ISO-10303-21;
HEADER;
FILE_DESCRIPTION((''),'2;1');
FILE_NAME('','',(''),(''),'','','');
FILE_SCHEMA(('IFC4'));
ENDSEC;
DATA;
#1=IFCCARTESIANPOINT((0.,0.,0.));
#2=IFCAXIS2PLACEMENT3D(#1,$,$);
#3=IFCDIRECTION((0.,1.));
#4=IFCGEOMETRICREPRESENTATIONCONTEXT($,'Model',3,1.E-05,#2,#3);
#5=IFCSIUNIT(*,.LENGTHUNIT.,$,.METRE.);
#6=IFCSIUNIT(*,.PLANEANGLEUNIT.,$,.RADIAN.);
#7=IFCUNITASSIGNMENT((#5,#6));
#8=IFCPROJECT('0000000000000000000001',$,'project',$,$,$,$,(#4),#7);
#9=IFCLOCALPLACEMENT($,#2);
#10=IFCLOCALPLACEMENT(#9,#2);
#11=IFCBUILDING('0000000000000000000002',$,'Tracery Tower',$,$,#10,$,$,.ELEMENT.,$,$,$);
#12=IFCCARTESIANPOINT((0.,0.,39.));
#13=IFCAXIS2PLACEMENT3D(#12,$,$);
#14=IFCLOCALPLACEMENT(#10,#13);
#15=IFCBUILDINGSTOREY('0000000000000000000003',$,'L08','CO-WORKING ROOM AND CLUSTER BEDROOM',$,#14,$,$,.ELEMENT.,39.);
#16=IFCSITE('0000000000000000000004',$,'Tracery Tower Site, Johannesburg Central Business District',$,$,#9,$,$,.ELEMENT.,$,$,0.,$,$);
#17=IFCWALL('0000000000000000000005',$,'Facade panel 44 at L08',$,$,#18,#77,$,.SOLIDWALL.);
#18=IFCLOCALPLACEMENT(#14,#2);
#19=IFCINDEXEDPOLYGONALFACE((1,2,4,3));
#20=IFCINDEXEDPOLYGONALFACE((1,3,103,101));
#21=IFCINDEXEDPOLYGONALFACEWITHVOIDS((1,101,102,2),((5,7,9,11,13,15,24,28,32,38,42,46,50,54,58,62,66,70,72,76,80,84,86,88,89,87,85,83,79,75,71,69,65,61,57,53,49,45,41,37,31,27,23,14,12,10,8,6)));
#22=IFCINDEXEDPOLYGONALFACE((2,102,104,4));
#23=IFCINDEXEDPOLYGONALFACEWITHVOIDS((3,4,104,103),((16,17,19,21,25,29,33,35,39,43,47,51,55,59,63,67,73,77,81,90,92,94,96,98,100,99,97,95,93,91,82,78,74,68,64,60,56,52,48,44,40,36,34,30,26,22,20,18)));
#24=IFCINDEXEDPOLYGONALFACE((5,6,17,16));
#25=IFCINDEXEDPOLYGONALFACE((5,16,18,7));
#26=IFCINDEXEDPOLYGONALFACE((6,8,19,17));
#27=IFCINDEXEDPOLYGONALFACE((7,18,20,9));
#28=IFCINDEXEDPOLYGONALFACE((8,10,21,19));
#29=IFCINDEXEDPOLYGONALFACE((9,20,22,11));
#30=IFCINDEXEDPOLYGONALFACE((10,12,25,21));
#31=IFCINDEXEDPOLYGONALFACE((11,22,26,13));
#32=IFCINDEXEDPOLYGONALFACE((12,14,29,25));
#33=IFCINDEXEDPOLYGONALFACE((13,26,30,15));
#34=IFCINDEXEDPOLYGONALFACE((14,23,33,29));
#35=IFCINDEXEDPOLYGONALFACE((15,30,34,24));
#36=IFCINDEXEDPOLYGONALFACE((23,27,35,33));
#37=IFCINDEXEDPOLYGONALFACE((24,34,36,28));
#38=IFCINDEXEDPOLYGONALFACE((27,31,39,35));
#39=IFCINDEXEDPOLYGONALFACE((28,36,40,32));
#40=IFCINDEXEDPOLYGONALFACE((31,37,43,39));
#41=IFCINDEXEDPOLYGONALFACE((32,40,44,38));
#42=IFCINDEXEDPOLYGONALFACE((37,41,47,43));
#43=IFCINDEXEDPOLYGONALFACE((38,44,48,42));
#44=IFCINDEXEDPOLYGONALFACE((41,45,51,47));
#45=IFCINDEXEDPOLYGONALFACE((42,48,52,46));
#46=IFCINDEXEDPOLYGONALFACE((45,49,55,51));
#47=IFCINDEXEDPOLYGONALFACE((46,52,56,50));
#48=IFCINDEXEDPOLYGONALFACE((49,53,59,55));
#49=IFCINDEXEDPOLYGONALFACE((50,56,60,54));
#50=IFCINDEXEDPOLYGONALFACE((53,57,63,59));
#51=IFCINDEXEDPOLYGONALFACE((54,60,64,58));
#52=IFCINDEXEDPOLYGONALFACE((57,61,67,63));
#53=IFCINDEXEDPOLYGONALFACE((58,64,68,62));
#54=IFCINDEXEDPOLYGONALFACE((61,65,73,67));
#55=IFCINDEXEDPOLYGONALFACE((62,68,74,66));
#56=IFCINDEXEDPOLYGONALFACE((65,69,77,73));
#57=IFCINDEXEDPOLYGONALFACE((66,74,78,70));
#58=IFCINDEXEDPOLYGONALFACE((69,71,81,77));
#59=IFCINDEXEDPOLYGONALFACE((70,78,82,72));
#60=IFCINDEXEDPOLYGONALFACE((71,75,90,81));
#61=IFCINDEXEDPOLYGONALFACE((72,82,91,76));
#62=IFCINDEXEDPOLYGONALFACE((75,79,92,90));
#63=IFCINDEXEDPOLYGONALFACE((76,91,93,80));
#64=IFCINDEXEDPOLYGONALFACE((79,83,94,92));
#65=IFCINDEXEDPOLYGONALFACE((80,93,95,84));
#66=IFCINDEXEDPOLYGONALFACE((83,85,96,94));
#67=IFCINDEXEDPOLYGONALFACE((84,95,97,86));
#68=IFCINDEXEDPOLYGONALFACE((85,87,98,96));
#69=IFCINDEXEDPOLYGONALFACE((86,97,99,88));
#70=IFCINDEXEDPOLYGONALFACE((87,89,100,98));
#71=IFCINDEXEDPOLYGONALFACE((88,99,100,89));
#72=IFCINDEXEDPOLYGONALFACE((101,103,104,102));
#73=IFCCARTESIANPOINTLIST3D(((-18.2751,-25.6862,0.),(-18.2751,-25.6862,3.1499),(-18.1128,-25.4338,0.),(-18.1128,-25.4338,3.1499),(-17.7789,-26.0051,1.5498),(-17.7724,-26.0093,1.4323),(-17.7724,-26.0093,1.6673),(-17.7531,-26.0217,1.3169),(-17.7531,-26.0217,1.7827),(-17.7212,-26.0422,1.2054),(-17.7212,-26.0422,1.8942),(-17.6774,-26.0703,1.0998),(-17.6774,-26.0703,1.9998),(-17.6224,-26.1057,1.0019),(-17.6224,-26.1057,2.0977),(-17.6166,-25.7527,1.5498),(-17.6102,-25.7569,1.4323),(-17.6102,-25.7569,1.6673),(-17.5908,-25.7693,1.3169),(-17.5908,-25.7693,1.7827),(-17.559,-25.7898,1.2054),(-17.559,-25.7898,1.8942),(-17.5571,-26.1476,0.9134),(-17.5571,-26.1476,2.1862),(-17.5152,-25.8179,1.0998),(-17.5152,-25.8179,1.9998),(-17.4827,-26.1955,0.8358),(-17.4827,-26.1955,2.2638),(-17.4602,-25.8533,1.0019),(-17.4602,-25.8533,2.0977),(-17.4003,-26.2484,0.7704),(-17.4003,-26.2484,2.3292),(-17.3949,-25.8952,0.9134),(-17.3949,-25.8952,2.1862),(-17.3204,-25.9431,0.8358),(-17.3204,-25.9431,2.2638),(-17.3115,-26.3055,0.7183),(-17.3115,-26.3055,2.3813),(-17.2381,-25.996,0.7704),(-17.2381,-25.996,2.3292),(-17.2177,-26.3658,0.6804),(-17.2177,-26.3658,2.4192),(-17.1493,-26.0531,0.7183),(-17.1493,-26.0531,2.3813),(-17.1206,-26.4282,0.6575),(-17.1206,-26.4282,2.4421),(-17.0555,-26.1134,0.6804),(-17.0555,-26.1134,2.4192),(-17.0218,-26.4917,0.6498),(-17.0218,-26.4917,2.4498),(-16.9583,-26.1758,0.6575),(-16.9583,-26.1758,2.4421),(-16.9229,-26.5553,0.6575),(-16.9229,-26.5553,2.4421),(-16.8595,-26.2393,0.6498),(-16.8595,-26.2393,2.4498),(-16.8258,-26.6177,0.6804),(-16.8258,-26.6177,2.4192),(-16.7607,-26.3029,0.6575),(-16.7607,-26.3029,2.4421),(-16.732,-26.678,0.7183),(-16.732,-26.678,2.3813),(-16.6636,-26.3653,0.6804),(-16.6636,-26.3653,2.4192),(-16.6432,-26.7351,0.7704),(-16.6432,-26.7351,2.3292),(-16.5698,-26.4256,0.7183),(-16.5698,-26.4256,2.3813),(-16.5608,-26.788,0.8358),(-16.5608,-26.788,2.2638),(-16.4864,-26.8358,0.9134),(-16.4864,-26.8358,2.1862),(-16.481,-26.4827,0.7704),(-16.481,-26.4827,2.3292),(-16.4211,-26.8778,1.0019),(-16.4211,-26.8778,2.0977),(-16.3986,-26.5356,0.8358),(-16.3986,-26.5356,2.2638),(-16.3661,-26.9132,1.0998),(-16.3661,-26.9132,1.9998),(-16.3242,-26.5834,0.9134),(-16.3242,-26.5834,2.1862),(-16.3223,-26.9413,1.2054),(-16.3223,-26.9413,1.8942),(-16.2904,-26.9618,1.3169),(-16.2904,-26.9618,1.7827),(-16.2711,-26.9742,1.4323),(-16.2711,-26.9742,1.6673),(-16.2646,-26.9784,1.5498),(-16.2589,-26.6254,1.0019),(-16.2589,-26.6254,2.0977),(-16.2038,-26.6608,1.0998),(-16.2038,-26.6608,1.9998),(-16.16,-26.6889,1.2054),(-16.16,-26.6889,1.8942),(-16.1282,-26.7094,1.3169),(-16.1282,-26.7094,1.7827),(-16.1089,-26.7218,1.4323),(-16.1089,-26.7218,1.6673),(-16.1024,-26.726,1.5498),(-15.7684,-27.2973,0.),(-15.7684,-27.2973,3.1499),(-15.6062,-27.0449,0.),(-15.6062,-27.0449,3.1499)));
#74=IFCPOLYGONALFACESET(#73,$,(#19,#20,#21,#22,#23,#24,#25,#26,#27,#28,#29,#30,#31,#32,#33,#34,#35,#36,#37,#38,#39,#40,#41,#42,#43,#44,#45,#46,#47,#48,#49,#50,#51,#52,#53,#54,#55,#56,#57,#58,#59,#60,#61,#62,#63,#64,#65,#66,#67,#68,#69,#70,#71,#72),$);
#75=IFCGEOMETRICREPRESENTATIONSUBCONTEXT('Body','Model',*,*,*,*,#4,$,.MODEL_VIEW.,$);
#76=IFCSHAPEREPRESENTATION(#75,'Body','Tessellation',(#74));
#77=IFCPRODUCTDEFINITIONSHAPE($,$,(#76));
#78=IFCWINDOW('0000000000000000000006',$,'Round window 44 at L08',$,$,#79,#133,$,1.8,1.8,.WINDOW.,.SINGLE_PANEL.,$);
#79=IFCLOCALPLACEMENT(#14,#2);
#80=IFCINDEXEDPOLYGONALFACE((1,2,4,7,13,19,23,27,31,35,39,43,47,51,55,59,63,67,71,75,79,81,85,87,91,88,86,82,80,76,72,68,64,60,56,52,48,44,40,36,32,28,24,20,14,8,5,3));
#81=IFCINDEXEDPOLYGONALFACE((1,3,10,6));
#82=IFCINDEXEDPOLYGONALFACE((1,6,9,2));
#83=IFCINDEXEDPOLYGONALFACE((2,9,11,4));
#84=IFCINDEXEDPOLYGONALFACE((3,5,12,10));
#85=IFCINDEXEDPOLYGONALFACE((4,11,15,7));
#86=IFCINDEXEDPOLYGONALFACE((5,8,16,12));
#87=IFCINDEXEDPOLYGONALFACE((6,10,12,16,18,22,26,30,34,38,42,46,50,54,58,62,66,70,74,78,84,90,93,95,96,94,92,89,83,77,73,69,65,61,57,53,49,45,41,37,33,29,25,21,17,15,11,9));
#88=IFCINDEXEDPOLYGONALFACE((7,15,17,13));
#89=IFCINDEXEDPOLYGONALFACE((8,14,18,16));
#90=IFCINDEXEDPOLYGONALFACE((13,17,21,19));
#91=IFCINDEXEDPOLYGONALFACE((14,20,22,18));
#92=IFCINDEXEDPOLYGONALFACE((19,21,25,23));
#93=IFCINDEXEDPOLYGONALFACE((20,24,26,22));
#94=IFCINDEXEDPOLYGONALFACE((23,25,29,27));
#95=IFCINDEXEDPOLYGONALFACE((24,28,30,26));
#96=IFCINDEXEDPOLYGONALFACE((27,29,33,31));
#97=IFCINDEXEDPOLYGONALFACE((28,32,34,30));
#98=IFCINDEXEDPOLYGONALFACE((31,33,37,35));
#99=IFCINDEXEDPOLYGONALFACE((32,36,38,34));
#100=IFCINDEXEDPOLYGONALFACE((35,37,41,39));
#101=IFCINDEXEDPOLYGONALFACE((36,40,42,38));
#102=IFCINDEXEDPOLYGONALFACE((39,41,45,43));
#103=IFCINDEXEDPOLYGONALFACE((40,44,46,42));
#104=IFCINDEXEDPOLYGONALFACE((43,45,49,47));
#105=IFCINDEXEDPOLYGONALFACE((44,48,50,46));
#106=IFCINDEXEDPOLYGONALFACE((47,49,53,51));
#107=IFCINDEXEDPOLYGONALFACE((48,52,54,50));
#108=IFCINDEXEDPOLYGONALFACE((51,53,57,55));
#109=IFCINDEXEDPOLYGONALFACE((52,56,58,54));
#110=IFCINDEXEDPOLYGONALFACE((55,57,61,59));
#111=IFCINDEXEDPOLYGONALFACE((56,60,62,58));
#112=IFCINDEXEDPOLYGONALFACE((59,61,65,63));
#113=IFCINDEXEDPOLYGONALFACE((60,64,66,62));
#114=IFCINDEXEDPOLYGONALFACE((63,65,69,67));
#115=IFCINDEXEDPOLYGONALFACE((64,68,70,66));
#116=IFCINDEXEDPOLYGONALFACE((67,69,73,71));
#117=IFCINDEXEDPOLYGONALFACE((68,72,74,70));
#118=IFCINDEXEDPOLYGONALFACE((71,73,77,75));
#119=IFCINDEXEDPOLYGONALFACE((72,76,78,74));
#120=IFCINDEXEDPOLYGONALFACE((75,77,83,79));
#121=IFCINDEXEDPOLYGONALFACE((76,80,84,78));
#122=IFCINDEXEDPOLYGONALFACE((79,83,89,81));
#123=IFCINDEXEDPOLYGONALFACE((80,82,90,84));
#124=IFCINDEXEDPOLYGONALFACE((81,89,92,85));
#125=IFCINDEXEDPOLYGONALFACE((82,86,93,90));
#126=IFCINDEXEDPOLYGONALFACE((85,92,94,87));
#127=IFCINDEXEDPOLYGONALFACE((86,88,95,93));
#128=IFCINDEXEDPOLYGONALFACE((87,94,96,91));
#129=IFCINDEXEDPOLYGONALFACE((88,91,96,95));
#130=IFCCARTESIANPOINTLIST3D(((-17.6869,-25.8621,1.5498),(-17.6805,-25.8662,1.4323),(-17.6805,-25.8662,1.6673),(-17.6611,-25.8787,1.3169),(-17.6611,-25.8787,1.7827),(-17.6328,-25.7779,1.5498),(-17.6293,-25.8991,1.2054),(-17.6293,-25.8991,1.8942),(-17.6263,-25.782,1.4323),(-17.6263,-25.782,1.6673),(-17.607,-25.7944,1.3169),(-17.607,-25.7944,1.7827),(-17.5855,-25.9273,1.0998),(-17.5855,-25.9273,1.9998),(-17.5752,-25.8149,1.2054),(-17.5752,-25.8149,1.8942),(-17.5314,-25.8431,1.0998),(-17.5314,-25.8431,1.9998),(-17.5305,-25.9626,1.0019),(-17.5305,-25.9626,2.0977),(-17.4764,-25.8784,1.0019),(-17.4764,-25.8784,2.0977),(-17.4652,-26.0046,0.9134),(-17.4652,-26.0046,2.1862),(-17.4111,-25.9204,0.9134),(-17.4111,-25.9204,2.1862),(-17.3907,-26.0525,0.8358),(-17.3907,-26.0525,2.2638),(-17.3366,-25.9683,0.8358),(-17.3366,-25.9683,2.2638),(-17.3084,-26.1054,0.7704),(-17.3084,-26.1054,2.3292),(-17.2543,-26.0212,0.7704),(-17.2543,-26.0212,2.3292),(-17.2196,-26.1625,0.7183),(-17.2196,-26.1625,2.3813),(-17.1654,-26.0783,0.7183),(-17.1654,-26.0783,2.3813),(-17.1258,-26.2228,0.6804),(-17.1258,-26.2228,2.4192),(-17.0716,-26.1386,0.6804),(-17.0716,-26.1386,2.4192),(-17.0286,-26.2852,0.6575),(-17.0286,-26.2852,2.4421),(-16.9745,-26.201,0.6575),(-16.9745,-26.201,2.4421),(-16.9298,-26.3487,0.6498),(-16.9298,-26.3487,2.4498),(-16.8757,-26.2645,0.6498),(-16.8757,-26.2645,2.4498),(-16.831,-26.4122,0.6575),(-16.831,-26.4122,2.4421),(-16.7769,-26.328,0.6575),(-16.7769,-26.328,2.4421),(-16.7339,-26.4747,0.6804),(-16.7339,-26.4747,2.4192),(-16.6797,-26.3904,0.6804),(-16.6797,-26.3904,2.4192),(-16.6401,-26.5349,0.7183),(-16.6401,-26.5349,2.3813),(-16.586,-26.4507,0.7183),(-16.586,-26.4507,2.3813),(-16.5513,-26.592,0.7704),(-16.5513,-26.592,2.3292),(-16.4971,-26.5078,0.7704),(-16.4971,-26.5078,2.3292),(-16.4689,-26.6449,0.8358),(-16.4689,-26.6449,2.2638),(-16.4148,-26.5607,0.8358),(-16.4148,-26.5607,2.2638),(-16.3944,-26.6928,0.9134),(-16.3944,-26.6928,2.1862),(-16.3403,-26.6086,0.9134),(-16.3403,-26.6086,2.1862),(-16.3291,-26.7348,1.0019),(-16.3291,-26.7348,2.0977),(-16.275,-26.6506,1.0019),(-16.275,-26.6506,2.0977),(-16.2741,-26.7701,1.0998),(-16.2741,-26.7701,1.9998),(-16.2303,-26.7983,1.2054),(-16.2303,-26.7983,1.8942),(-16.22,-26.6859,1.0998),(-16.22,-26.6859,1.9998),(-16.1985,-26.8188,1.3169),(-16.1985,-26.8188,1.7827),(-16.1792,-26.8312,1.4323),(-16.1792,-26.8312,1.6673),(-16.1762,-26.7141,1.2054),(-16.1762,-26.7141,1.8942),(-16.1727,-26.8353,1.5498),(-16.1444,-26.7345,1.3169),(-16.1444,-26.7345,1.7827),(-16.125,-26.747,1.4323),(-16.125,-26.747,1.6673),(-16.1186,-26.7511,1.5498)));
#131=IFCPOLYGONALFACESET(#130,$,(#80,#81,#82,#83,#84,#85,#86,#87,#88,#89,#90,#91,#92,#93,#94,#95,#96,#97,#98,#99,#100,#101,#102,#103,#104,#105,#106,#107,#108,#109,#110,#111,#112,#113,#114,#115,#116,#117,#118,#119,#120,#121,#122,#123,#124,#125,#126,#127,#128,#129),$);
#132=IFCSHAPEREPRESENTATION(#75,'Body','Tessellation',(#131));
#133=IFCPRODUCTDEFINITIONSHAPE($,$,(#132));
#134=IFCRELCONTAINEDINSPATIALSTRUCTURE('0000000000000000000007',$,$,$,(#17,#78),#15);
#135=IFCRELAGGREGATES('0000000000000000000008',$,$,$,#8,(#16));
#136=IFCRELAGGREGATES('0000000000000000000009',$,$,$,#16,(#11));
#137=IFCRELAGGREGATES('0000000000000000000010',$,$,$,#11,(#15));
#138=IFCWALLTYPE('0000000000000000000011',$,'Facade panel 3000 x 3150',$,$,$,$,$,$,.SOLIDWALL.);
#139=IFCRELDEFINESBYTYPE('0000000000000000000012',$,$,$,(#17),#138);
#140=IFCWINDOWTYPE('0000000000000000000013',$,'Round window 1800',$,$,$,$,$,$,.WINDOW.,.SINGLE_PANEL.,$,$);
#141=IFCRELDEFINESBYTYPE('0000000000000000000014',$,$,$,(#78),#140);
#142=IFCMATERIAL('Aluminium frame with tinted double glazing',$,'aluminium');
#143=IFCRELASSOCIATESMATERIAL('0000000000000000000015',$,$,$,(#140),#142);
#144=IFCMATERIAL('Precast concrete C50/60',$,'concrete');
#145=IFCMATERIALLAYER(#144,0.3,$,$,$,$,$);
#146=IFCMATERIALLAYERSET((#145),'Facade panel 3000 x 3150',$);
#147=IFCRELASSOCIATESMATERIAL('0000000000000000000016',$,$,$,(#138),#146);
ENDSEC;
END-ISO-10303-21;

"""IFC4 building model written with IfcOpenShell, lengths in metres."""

from ifc_helpers import new_model, si_unit, direction, frame, frame_2d, origin, origin_2d, place, context, subcontext, project, spatial, rectangle, circle, extrude, material, layer, layer_set, type_object, element, fill, save


model = new_model("IFC4")

# Units and contexts
model_context = context("Model", 3, precision=1e-05, world=origin(), true_north=direction((0.0, 1.0)))
body_context = subcontext(model_context, "Body", "Model", "MODEL_VIEW")
ifc_project = project(units=[si_unit("LENGTHUNIT", "METRE"), si_unit("PLANEANGLEUNIT", "RADIAN")], contexts=[model_context])

# Site, building, storey
site_placement = place(None, origin())
site = spatial("IfcSite", under=ifc_project, at=site_placement, Name="Tracery Tower Site, Johannesburg Central Business District", CompositionType="ELEMENT", RefElevation=0.0)
building_placement = place(site_placement, origin())
building = spatial("IfcBuilding", under=site, at=building_placement, Name="Tracery Tower", CompositionType="ELEMENT")
storey_placement = place(building_placement, frame((0.0, 0.0, 39.0)))
storey = spatial("IfcBuildingStorey", under=building, at=storey_placement, Name="L08", Description="CO-WORKING ROOM AND CLUSTER BEDROOM", CompositionType="ELEMENT", Elevation=39.0)

# Wall, opening, window
ifc_material_1 = material(Name="Aluminium frame with tinted double glazing", Category="aluminium")
window_type = type_object("IfcWindowType", Name="Round window 1800", PartitioningType="SINGLE_PANEL", PredefinedType="WINDOW", material=ifc_material_1)
ifc_material_2 = material(Name="Precast concrete C50/60", Category="concrete")
ifc_layer_1 = layer(ifc_material_2, 0.3)
ifc_layer_set_1 = layer_set([ifc_layer_1], Name="Facade panel 3000 x 3150")
wall_type_1 = type_object("IfcWallType", Name="Facade panel 3000 x 3150", PredefinedType="SOLIDWALL", material=ifc_layer_set_1)
wall_1_placement = place(storey_placement, frame((-18.1938, -25.5601, 0.0), z_axis=(0.0, 0.0, 1.0), x_axis=(0.841224, -0.540687, 0.0)))
wall_1 = element("IfcWall", 1, at=wall_1_placement, inside=storey, type_object=wall_type_1, Name="Facade panel 44 at L08", PredefinedType="SOLIDWALL", context=body_context, shape_type="SweptSolid", body=[
    extrude(rectangle(XDim=2.9797, YDim=0.3, at=frame_2d((1.4897, 0.0))), origin(), (0.0, 0.0, 1.0), 3.1499),
])
opening_1_placement = place(wall_1_placement, frame((1.4897, 0.0, 1.5498)))
opening_1 = element("IfcOpeningElement", 2, at=opening_1_placement, cuts=wall_1, PredefinedType="OPENING", context=body_context, shape_type="SweptSolid", body=[
    extrude(circle(Radius=0.9, at=origin_2d()), frame((0.0, 0.1599, 0.0), z_axis=(0.0, -1.0, 0.0), x_axis=(1.0, 0.0, 0.0)), (0.0, 0.0, 1.0), 0.3201),
])
window_1_placement = place(opening_1_placement, origin())
window_1 = element("IfcWindow", 3, at=window_1_placement, inside=storey, type_object=window_type, Name="Round window 44 at L08", OverallHeight=1.8, OverallWidth=1.8, PartitioningType="SINGLE_PANEL", PredefinedType="WINDOW", context=body_context, shape_type="SweptSolid", body=[
    extrude(circle(Radius=0.9, at=origin_2d()), frame((0.0, 0.1201, 0.0), z_axis=(0.0, -1.0, 0.0), x_axis=(1.0, 0.0, 0.0)), (0.0, 0.0, 1.0), 0.1001),
])
fill(opening_1, window_1)

save(model, "model.ifc")
